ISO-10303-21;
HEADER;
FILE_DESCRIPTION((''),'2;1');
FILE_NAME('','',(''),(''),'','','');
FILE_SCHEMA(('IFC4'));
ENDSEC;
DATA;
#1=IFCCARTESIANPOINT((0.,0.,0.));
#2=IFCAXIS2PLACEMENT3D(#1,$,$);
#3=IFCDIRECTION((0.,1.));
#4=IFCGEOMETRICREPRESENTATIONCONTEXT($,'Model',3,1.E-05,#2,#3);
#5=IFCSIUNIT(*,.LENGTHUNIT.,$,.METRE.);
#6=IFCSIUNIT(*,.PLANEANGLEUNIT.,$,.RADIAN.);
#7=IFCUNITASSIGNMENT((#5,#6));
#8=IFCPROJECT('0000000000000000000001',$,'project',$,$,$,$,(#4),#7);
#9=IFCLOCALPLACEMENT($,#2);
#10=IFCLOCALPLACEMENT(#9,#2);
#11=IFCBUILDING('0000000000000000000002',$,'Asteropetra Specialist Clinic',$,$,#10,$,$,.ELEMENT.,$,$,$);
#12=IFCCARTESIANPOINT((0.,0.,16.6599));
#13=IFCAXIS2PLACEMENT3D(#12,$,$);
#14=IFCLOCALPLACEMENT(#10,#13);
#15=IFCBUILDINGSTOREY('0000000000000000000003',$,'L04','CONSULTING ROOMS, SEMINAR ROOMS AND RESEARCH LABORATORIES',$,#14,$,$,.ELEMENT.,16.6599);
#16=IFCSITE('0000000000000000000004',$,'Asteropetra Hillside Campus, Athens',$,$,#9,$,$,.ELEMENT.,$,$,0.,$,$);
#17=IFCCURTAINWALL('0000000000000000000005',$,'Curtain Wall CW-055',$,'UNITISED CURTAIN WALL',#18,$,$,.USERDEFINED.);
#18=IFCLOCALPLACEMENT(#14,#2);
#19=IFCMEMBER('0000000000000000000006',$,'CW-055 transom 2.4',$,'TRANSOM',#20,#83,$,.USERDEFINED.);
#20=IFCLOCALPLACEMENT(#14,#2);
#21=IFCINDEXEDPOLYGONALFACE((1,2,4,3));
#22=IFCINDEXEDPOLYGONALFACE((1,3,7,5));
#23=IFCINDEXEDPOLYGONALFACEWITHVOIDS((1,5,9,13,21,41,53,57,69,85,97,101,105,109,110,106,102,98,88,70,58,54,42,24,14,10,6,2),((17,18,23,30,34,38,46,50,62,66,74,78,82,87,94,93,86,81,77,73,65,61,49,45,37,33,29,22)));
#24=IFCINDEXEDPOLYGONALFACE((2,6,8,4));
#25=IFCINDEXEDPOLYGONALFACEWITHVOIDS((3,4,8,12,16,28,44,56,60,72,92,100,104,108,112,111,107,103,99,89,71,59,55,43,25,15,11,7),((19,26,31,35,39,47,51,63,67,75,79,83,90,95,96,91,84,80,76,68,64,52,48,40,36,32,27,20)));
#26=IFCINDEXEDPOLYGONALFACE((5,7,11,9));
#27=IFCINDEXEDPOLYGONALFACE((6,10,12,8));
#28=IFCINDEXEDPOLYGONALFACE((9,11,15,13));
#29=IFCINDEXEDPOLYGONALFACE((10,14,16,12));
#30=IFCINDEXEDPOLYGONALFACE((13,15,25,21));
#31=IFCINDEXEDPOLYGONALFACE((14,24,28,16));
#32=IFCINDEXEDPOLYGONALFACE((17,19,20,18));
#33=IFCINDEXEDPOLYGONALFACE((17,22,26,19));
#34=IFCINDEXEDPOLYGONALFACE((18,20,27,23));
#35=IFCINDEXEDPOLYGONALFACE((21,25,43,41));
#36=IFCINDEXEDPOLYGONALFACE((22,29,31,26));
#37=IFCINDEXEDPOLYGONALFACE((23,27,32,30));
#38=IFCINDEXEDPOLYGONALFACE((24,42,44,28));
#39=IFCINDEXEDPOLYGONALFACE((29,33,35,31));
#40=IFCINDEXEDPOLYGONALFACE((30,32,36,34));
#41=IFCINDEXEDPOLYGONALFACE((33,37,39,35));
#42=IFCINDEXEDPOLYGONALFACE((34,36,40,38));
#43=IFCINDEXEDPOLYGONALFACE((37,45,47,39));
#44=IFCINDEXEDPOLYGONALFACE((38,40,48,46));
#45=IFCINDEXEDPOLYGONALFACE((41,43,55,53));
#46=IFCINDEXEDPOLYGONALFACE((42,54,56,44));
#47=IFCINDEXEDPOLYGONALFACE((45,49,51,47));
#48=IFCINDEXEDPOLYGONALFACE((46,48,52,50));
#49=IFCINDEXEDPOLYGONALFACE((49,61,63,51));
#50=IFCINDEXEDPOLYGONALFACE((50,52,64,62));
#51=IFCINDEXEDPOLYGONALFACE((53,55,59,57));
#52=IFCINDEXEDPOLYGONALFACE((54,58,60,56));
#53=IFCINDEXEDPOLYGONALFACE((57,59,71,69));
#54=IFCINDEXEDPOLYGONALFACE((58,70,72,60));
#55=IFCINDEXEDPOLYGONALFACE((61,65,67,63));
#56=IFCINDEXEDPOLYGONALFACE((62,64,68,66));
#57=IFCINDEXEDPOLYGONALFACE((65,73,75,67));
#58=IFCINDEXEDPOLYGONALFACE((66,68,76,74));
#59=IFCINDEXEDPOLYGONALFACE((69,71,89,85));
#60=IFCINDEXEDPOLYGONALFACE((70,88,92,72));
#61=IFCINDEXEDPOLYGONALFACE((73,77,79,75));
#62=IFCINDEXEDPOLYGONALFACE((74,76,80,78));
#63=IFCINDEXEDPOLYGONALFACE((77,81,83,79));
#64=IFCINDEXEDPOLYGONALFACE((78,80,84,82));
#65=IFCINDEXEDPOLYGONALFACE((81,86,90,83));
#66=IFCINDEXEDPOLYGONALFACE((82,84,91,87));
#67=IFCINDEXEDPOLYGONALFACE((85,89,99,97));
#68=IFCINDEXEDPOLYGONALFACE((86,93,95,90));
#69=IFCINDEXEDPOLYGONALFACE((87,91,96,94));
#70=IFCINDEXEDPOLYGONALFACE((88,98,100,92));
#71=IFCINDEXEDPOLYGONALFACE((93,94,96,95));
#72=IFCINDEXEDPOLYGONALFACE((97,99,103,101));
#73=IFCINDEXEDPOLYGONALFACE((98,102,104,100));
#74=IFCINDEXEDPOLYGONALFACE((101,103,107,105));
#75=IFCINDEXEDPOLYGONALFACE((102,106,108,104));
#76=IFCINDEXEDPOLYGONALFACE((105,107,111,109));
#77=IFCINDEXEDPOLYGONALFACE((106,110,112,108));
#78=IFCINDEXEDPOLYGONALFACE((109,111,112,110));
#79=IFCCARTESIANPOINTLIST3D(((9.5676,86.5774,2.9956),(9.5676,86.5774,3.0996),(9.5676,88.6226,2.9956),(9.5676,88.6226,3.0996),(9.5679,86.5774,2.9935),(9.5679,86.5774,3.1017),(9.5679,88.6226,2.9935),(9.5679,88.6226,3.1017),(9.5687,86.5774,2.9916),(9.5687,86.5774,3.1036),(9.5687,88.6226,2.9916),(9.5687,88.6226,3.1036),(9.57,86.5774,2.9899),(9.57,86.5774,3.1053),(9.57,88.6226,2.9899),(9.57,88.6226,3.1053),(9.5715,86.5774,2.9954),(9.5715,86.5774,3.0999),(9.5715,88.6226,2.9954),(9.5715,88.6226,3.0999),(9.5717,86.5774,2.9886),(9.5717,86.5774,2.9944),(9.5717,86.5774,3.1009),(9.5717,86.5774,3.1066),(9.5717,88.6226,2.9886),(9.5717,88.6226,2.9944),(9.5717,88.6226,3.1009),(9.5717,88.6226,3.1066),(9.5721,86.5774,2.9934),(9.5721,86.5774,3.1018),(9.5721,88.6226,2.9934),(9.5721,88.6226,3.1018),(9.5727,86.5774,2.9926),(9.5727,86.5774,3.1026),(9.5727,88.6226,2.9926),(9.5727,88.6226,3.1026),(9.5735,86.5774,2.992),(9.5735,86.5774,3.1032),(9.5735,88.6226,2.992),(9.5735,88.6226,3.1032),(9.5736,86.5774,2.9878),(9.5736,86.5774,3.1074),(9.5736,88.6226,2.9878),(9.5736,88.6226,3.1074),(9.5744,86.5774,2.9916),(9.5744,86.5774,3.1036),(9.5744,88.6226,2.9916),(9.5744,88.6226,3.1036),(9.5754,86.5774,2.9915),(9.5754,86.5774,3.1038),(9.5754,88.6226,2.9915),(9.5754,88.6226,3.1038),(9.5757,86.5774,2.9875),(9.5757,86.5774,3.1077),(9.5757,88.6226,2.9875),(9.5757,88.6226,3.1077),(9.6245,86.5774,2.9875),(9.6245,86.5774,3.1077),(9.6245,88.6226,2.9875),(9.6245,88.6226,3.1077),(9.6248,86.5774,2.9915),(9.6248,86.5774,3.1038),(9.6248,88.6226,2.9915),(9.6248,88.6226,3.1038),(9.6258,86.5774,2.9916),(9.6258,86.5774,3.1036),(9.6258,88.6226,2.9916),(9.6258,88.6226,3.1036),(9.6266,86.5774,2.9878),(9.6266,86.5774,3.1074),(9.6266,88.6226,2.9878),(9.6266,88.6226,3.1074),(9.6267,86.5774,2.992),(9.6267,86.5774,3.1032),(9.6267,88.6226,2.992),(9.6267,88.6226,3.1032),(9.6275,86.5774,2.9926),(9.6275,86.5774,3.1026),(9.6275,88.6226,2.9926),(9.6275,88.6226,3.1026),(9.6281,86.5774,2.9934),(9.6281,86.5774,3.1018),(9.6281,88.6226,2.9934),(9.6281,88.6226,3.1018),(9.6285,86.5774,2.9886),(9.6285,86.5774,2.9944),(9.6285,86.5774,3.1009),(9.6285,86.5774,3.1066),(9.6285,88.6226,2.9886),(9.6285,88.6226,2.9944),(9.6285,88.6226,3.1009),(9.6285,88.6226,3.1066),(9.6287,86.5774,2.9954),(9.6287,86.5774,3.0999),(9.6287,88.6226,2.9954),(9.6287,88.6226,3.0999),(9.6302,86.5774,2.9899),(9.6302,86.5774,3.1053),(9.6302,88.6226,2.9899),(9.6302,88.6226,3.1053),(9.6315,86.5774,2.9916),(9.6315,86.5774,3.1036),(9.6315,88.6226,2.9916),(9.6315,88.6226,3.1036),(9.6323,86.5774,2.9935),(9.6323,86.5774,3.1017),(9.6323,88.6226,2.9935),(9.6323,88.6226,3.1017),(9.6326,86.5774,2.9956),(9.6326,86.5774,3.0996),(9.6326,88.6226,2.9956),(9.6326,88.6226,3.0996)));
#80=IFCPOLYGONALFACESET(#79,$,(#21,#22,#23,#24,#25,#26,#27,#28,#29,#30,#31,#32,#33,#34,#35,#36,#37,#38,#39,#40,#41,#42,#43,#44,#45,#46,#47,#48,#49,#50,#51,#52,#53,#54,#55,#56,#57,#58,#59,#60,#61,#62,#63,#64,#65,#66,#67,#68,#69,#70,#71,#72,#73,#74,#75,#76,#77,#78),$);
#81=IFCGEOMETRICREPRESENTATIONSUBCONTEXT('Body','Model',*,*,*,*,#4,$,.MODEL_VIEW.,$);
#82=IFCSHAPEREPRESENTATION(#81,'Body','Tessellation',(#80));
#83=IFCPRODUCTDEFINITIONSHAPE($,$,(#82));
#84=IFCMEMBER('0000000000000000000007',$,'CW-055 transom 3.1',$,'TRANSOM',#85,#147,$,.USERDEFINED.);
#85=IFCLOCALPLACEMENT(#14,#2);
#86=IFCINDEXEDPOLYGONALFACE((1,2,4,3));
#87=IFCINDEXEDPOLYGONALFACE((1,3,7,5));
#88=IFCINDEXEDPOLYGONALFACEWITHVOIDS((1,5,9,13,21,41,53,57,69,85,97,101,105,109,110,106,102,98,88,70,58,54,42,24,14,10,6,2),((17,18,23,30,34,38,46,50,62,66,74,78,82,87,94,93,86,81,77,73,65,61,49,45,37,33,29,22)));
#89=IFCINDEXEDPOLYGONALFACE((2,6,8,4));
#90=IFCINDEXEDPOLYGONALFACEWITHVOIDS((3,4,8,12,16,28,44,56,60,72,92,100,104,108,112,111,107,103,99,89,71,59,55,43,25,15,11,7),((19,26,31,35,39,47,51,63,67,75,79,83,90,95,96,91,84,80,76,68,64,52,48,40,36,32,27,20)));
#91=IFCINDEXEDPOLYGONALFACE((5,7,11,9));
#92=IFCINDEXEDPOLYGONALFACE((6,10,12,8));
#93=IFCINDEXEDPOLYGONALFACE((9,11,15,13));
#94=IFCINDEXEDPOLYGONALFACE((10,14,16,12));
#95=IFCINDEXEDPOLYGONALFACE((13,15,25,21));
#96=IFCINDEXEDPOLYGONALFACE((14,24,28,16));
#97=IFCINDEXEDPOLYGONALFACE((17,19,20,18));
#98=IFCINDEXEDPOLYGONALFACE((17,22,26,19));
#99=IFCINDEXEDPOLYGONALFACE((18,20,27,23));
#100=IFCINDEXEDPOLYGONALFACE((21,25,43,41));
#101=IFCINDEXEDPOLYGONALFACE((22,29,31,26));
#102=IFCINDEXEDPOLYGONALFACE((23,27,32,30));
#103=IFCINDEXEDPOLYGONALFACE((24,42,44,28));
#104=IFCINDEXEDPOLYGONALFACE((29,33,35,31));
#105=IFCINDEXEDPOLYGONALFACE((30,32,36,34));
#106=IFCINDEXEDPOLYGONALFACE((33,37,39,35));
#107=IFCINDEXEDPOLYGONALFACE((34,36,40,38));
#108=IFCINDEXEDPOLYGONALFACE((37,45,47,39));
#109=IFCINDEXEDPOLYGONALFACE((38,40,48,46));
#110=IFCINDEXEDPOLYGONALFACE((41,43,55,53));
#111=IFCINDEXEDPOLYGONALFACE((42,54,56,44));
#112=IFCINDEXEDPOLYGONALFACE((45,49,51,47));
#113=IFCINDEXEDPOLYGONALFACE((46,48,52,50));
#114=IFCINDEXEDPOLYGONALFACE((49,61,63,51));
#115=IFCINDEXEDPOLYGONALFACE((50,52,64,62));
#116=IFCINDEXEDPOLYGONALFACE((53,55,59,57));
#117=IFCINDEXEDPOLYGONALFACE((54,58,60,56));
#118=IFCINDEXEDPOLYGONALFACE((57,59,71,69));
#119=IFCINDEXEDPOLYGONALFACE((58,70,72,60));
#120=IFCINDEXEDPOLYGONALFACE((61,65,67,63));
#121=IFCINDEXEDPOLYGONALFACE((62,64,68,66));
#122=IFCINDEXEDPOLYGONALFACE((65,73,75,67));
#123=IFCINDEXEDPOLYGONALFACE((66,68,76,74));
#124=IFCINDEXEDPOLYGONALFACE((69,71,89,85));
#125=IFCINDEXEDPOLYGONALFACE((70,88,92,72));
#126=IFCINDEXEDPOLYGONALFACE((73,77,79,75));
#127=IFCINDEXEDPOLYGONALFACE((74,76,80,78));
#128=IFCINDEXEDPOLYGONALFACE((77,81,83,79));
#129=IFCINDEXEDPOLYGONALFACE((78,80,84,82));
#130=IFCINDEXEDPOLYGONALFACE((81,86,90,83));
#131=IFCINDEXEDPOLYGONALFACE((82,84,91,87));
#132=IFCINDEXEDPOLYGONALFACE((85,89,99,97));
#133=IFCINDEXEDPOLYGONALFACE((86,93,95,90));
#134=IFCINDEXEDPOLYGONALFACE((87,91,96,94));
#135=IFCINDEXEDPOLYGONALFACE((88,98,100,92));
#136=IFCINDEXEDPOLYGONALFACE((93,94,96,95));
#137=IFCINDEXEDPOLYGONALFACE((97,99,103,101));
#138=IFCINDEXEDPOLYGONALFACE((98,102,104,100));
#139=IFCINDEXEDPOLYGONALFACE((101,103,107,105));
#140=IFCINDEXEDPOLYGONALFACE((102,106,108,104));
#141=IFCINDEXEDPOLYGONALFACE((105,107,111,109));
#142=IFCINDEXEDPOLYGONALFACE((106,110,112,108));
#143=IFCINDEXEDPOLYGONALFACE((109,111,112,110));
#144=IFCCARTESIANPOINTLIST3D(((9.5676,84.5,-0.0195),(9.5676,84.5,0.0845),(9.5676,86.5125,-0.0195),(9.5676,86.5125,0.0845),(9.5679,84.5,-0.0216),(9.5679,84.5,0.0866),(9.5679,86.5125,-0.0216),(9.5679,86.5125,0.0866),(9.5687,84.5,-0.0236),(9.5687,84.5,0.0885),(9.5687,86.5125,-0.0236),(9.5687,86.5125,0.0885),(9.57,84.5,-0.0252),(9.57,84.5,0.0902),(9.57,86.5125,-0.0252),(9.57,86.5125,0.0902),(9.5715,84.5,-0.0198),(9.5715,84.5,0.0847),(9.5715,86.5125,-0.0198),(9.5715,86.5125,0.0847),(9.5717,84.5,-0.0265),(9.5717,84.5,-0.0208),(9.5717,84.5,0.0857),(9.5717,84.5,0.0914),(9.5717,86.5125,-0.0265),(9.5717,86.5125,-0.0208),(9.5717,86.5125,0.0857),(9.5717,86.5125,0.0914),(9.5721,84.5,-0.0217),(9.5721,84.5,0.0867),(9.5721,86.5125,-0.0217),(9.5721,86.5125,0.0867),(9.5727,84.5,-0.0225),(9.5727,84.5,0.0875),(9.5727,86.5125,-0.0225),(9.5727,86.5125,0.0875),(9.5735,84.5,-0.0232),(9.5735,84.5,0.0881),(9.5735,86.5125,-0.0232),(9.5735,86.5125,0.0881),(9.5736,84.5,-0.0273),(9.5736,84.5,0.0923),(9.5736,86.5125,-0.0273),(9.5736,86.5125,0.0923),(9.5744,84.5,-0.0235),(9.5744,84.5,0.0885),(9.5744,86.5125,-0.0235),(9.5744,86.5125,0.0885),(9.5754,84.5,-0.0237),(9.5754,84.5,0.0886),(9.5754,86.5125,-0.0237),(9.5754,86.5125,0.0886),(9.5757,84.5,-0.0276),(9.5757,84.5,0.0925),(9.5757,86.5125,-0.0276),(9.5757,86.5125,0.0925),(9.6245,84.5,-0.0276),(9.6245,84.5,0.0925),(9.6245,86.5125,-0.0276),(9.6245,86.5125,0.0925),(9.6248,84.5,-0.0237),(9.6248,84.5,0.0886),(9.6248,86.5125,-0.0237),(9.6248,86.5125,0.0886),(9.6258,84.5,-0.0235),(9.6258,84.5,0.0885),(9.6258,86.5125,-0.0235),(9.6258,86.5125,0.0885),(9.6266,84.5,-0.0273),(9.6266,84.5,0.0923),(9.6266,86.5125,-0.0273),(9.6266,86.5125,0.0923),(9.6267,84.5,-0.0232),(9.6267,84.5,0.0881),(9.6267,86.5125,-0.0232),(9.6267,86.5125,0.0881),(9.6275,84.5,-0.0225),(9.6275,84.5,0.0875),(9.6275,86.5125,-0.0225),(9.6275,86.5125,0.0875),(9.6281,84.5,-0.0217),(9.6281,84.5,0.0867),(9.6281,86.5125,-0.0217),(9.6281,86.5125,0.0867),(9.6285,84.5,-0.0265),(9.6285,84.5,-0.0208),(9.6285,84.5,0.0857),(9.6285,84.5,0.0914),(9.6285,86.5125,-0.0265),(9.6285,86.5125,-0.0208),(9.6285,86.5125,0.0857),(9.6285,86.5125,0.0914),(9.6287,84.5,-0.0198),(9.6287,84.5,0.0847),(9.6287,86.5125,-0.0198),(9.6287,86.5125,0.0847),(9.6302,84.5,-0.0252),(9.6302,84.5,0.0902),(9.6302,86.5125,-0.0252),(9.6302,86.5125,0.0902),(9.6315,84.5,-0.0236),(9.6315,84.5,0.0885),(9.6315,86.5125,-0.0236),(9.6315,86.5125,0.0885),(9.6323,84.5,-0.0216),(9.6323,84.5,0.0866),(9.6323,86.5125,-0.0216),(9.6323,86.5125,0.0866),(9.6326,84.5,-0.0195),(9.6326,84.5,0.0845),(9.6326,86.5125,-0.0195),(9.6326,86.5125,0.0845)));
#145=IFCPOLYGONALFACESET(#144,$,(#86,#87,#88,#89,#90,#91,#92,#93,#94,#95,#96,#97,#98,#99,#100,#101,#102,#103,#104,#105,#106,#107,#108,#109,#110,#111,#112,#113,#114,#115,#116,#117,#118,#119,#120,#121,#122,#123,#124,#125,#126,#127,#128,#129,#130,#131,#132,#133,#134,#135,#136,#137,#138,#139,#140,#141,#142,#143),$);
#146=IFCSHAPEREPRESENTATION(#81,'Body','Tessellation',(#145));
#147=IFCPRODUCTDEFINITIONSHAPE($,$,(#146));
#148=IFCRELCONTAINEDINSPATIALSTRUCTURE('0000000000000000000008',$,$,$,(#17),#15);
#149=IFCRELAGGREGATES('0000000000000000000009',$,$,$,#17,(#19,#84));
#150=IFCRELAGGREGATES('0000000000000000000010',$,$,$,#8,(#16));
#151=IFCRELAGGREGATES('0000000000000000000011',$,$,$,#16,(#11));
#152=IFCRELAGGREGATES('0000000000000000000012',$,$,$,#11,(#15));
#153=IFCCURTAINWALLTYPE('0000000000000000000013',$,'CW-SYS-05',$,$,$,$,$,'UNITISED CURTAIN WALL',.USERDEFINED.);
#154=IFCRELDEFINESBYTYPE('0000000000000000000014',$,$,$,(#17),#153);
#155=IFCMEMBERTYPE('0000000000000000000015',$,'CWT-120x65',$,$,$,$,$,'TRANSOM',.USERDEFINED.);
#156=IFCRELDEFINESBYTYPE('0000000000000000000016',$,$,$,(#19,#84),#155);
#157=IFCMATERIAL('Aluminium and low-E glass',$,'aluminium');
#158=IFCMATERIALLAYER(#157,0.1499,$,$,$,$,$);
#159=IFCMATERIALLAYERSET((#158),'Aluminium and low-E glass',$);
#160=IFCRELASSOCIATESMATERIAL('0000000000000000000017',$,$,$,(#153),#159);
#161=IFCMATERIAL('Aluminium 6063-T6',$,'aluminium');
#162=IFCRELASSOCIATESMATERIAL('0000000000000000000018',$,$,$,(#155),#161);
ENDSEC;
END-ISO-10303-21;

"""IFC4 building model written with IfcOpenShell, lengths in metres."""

from ifc_helpers import new_model, si_unit, direction, frame, origin, origin_2d, place, context, subcontext, project, spatial, hollow_rectangle, extrude, material, layer, layer_set, material_profile, profile_set, type_object, element, aggregate, save


model = new_model("IFC4")

# Units and contexts
model_context = context("Model", 3, precision=1e-05, world=origin(), true_north=direction((0.0, 1.0)))
body_context = subcontext(model_context, "Body", "Model", "MODEL_VIEW")
ifc_project = project(units=[si_unit("LENGTHUNIT", "METRE"), si_unit("PLANEANGLEUNIT", "RADIAN")], contexts=[model_context])

# Site, building, storey
site_placement = place(None, origin())
site = spatial("IfcSite", under=ifc_project, at=site_placement, Name="Asteropetra Hillside Campus, Athens", CompositionType="ELEMENT", RefElevation=0.0)
building_placement = place(site_placement, origin())
building = spatial("IfcBuilding", under=site, at=building_placement, Name="Asteropetra Specialist Clinic", CompositionType="ELEMENT")
storey_placement = place(building_placement, frame((0.0, 0.0, 16.6599)))
storey = spatial("IfcBuildingStorey", under=building, at=storey_placement, Name="L04", Description="CONSULTING ROOMS, SEMINAR ROOMS AND RESEARCH LABORATORIES", CompositionType="ELEMENT", Elevation=16.6599)

# Curtain wall
ifc_material_1 = material(Name="Aluminium and low-E glass", Category="aluminium")
ifc_layer_1 = layer(ifc_material_1, 0.1499)
ifc_layer_set_1 = layer_set([ifc_layer_1], Name="Aluminium and low-E glass")
curtain_wall_type_1 = type_object("IfcCurtainWallType", Name="CW-SYS-05", ElementType="UNITISED CURTAIN WALL", PredefinedType="USERDEFINED", material=ifc_layer_set_1)
curtain_wall_1_placement = place(storey_placement, origin())
curtain_wall_1 = element("IfcCurtainWall", 1, at=curtain_wall_1_placement, inside=storey, type_object=curtain_wall_type_1, Name="Curtain Wall CW-055", ObjectType="UNITISED CURTAIN WALL", PredefinedType="USERDEFINED")

# Members
ifc_material_2 = material(Name="Aluminium 6063-T6", Category="aluminium")
ifc_material_profile_1 = material_profile(ifc_material_2, hollow_rectangle(XDim=0.0649, YDim=0.1201, WallThickness=0.0039, InnerFilletRadius=0.0039, OuterFilletRadius=0.0081, at=origin_2d()), Name="TRN 120x65x4.0")
ifc_profile_set_1 = profile_set([ifc_material_profile_1], Name="Aluminium 6063-T6")
member_type_1 = type_object("IfcMemberType", Name="CWT-120x65", ElementType="TRANSOM", PredefinedType="USERDEFINED", material=ifc_profile_set_1)
member_1_placement = place(storey_placement, frame((9.6001, 88.6226, 3.0476), z_axis=(0.0, -1.0, 0.0), x_axis=(1.0, 0.0, 0.0)))
member_1 = element("IfcMember", 2, at=member_1_placement, type_object=member_type_1, Name="CW-055 transom 2.4", ObjectType="TRANSOM", PredefinedType="USERDEFINED", context=body_context, shape_type="SweptSolid", body=[
    extrude(hollow_rectangle(XDim=0.0649, YDim=0.1201, WallThickness=0.0039, InnerFilletRadius=0.0039, OuterFilletRadius=0.0081, at=origin_2d()), origin(), (0.0, 0.0, 1.0), 2.0452),
])
member_2_placement = place(storey_placement, frame((9.6001, 86.5125, 0.0325), z_axis=(0.0, -1.0, 0.0), x_axis=(1.0, 0.0, 0.0)))
member_2 = element("IfcMember", 3, at=member_2_placement, type_object=member_type_1, Name="CW-055 transom 3.1", ObjectType="TRANSOM", PredefinedType="USERDEFINED", context=body_context, shape_type="SweptSolid", body=[
    extrude(hollow_rectangle(XDim=0.0649, YDim=0.1201, WallThickness=0.0039, InnerFilletRadius=0.0039, OuterFilletRadius=0.0081, at=origin_2d()), origin(), (0.0, 0.0, 1.0), 2.0125),
])

aggregate(curtain_wall_1, [member_1, member_2])

save(model, "model.ifc")
